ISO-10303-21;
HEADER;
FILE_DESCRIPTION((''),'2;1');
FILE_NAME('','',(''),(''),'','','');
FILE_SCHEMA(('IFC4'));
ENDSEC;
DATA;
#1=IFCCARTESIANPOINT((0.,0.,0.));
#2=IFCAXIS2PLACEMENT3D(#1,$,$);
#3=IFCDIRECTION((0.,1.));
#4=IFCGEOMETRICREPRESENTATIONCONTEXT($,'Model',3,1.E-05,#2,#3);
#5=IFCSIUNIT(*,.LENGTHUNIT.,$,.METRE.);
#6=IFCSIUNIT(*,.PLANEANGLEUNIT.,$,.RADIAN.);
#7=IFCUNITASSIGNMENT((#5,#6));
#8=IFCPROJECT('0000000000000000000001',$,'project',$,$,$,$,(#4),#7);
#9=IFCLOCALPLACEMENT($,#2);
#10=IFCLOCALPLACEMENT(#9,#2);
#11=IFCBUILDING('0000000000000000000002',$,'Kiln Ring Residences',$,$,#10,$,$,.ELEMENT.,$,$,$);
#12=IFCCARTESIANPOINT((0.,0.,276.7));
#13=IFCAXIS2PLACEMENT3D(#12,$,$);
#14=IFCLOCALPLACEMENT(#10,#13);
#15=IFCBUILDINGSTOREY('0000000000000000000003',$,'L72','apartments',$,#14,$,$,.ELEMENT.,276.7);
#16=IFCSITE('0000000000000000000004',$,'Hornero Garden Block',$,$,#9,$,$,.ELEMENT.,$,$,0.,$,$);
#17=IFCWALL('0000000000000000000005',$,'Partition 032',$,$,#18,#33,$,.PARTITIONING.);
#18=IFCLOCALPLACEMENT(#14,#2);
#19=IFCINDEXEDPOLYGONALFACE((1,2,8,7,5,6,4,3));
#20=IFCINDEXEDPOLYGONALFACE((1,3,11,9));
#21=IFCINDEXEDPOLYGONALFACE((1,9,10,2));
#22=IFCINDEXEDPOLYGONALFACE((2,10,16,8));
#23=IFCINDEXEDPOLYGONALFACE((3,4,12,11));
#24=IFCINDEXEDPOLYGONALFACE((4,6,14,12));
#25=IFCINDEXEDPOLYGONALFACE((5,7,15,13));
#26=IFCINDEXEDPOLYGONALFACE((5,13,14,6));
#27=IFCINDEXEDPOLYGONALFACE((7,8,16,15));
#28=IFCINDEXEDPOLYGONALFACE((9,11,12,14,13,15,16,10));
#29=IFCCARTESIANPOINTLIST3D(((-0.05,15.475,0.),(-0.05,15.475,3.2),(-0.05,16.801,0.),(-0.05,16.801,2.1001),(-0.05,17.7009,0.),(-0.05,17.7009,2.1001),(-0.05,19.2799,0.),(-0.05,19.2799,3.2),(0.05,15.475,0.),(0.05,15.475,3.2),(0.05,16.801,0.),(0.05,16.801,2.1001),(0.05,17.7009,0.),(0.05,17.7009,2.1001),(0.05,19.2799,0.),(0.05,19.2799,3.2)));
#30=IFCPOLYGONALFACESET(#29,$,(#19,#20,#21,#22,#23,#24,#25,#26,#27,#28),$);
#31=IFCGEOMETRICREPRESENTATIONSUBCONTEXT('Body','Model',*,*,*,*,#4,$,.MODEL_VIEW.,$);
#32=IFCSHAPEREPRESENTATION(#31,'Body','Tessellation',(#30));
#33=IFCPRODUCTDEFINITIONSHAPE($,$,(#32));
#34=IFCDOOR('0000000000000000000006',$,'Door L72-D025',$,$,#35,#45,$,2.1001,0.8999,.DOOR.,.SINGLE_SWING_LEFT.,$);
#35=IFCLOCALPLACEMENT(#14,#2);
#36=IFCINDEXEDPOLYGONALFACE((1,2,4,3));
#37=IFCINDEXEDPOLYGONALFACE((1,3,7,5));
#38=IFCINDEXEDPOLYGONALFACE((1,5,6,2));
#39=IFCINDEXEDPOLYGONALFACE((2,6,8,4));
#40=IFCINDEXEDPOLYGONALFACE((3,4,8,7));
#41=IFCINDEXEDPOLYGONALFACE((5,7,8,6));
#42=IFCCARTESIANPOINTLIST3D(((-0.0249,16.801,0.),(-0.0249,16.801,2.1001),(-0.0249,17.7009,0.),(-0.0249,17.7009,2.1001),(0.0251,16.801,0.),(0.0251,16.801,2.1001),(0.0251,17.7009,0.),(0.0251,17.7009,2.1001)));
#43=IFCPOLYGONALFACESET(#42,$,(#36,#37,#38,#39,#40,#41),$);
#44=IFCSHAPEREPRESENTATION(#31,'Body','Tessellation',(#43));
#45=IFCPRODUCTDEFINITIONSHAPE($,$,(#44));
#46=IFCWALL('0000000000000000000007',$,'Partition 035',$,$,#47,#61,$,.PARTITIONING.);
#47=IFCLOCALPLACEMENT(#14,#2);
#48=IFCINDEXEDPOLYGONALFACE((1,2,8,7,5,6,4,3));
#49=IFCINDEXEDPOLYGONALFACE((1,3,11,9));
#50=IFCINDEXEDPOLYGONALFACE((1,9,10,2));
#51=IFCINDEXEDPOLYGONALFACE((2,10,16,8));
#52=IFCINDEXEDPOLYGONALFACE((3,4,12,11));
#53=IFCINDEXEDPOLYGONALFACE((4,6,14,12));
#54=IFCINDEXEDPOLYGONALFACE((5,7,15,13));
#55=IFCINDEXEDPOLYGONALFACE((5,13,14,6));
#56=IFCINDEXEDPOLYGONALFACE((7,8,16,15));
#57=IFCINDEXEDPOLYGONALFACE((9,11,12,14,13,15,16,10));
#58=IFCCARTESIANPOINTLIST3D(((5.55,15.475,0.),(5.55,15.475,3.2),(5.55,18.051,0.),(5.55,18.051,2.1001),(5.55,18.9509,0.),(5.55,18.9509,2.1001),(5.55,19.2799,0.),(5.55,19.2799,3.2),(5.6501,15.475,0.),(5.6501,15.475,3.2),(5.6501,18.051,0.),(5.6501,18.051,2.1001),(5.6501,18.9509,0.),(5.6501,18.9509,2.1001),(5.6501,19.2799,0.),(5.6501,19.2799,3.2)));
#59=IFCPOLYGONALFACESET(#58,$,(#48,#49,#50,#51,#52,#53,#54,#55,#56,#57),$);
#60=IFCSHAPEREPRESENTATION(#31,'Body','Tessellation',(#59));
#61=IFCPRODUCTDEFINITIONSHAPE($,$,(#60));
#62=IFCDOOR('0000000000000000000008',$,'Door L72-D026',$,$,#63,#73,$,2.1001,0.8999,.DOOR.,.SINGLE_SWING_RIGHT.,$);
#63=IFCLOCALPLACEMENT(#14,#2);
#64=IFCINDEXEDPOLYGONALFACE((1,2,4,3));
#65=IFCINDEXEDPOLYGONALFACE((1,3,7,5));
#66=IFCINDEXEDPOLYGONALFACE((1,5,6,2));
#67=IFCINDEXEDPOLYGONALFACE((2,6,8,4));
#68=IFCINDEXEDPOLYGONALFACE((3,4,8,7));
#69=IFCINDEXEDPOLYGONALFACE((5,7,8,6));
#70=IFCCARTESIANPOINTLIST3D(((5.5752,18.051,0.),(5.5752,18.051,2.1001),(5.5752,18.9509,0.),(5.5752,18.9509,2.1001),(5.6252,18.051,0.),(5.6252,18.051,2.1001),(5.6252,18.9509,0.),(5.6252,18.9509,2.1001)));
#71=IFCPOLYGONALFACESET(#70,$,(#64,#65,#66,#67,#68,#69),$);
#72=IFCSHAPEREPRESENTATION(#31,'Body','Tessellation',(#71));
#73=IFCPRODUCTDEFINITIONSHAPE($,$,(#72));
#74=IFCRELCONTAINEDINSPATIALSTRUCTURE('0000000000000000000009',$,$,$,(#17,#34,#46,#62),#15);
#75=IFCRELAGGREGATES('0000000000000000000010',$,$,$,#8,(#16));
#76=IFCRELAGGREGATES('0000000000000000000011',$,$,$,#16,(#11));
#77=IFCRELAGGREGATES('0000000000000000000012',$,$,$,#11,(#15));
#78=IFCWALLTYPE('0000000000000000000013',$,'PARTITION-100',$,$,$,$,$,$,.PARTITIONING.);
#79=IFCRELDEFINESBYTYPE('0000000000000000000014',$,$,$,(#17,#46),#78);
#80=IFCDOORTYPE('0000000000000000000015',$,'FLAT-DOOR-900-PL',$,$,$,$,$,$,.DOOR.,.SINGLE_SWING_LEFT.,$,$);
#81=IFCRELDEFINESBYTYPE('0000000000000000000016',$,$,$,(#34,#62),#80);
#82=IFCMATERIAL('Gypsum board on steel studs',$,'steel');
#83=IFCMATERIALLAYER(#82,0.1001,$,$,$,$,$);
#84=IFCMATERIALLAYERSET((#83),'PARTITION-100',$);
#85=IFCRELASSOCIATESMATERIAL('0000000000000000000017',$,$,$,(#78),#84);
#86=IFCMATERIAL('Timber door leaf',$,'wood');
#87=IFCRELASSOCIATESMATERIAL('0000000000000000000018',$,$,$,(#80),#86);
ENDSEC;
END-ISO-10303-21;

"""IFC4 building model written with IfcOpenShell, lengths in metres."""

from ifc_helpers import new_model, si_unit, direction, frame, frame_2d, origin, place, context, subcontext, project, spatial, rectangle, extrude, material, layer, layer_set, type_object, element, fill, save


model = new_model("IFC4")

# Units and contexts
model_context = context("Model", 3, precision=1e-05, world=origin(), true_north=direction((0.0, 1.0)))
body_context = subcontext(model_context, "Body", "Model", "MODEL_VIEW")
ifc_project = project(units=[si_unit("LENGTHUNIT", "METRE"), si_unit("PLANEANGLEUNIT", "RADIAN")], contexts=[model_context])

# Site, building, storey
site_placement = place(None, origin())
site = spatial("IfcSite", under=ifc_project, at=site_placement, Name="Hornero Garden Block", CompositionType="ELEMENT", RefElevation=0.0)
building_placement = place(site_placement, origin())
building = spatial("IfcBuilding", under=site, at=building_placement, Name="Kiln Ring Residences", CompositionType="ELEMENT")
storey_placement = place(building_placement, frame((0.0, 0.0, 276.7)))
storey = spatial("IfcBuildingStorey", under=building, at=storey_placement, Name="L72", Description="apartments", CompositionType="ELEMENT", Elevation=276.7)

# Walls, openings, doors
ifc_material_1 = material(Name="Gypsum board on steel studs", Category="steel")
ifc_layer_1 = layer(ifc_material_1, 0.1001)
ifc_layer_set_1 = layer_set([ifc_layer_1], Name="PARTITION-100")
wall_type_1 = type_object("IfcWallType", Name="PARTITION-100", PredefinedType="PARTITIONING", material=ifc_layer_set_1)
wall_1_placement = place(storey_placement, frame((0.0, 15.4751, 0.0), z_axis=(0.0, 0.0, 1.0), x_axis=(0.0, 1.0, 0.0)))
wall_1 = element("IfcWall", 1, at=wall_1_placement, inside=storey, type_object=wall_type_1, Name="Partition 032", PredefinedType="PARTITIONING", context=body_context, shape_type="SweptSolid", body=[
    extrude(rectangle(XDim=3.8049, YDim=0.1001, at=frame_2d((1.9023, 0.0))), origin(), (0.0, 0.0, 1.0), 3.2),
])
opening_1_placement = place(wall_1_placement, frame((1.3259, 0.0, 0.0)))
opening_1 = element("IfcOpeningElement", 2, at=opening_1_placement, cuts=wall_1, PredefinedType="OPENING", context=body_context, shape_type="SweptSolid", body=[
    extrude(rectangle(XDim=0.8999, YDim=2.1001, at=frame_2d((0.45, 1.05))), frame((0.0, 0.0601, 0.0), z_axis=(0.0, -1.0, 0.0), x_axis=(1.0, 0.0, 0.0)), (0.0, 0.0, 1.0), 0.1201),
])
ifc_material_2 = material(Name="Timber door leaf", Category="wood")
door_type = type_object("IfcDoorType", Name="FLAT-DOOR-900-PL", OperationType="SINGLE_SWING_LEFT", PredefinedType="DOOR", material=ifc_material_2)
door_1_placement = place(opening_1_placement, origin())
door_1 = element("IfcDoor", 3, at=door_1_placement, inside=storey, type_object=door_type, Name="Door L72-D025", OperationType="SINGLE_SWING_LEFT", OverallHeight=2.1001, OverallWidth=0.8999, PredefinedType="DOOR", context=body_context, shape_type="SweptSolid", body=[
    extrude(rectangle(XDim=0.8999, YDim=2.1001, at=frame_2d((0.45, 1.05))), frame((0.0, 0.0249, 0.0), z_axis=(0.0, -1.0, 0.0), x_axis=(1.0, 0.0, 0.0)), (0.0, 0.0, 1.0), 0.05),
])
fill(opening_1, door_1)
wall_2_placement = place(storey_placement, frame((5.6001, 15.4751, 0.0), z_axis=(0.0, 0.0, 1.0), x_axis=(0.0, 1.0, 0.0)))
wall_2 = element("IfcWall", 4, at=wall_2_placement, inside=storey, type_object=wall_type_1, Name="Partition 035", PredefinedType="PARTITIONING", context=body_context, shape_type="SweptSolid", body=[
    extrude(rectangle(XDim=3.8049, YDim=0.1001, at=frame_2d((1.9023, 0.0))), origin(), (0.0, 0.0, 1.0), 3.2),
])
opening_2_placement = place(wall_2_placement, frame((2.5759, 0.0, 0.0)))
opening_2 = element("IfcOpeningElement", 5, at=opening_2_placement, cuts=wall_2, PredefinedType="OPENING", context=body_context, shape_type="SweptSolid", body=[
    extrude(rectangle(XDim=0.8999, YDim=2.1001, at=frame_2d((0.45, 1.05))), frame((0.0, 0.0601, 0.0), z_axis=(0.0, -1.0, 0.0), x_axis=(1.0, 0.0, 0.0)), (0.0, 0.0, 1.0), 0.1201),
])
door_2_placement = place(opening_2_placement, origin())
door_2 = element("IfcDoor", 6, at=door_2_placement, inside=storey, type_object=door_type, Name="Door L72-D026", OperationType="SINGLE_SWING_RIGHT", OverallHeight=2.1001, OverallWidth=0.8999, PredefinedType="DOOR", context=body_context, shape_type="SweptSolid", body=[
    extrude(rectangle(XDim=0.8999, YDim=2.1001, at=frame_2d((0.45, 1.05))), frame((0.0, 0.0249, 0.0), z_axis=(0.0, -1.0, 0.0), x_axis=(1.0, 0.0, 0.0)), (0.0, 0.0, 1.0), 0.05),
])
fill(opening_2, door_2)

save(model, "model.ifc")
